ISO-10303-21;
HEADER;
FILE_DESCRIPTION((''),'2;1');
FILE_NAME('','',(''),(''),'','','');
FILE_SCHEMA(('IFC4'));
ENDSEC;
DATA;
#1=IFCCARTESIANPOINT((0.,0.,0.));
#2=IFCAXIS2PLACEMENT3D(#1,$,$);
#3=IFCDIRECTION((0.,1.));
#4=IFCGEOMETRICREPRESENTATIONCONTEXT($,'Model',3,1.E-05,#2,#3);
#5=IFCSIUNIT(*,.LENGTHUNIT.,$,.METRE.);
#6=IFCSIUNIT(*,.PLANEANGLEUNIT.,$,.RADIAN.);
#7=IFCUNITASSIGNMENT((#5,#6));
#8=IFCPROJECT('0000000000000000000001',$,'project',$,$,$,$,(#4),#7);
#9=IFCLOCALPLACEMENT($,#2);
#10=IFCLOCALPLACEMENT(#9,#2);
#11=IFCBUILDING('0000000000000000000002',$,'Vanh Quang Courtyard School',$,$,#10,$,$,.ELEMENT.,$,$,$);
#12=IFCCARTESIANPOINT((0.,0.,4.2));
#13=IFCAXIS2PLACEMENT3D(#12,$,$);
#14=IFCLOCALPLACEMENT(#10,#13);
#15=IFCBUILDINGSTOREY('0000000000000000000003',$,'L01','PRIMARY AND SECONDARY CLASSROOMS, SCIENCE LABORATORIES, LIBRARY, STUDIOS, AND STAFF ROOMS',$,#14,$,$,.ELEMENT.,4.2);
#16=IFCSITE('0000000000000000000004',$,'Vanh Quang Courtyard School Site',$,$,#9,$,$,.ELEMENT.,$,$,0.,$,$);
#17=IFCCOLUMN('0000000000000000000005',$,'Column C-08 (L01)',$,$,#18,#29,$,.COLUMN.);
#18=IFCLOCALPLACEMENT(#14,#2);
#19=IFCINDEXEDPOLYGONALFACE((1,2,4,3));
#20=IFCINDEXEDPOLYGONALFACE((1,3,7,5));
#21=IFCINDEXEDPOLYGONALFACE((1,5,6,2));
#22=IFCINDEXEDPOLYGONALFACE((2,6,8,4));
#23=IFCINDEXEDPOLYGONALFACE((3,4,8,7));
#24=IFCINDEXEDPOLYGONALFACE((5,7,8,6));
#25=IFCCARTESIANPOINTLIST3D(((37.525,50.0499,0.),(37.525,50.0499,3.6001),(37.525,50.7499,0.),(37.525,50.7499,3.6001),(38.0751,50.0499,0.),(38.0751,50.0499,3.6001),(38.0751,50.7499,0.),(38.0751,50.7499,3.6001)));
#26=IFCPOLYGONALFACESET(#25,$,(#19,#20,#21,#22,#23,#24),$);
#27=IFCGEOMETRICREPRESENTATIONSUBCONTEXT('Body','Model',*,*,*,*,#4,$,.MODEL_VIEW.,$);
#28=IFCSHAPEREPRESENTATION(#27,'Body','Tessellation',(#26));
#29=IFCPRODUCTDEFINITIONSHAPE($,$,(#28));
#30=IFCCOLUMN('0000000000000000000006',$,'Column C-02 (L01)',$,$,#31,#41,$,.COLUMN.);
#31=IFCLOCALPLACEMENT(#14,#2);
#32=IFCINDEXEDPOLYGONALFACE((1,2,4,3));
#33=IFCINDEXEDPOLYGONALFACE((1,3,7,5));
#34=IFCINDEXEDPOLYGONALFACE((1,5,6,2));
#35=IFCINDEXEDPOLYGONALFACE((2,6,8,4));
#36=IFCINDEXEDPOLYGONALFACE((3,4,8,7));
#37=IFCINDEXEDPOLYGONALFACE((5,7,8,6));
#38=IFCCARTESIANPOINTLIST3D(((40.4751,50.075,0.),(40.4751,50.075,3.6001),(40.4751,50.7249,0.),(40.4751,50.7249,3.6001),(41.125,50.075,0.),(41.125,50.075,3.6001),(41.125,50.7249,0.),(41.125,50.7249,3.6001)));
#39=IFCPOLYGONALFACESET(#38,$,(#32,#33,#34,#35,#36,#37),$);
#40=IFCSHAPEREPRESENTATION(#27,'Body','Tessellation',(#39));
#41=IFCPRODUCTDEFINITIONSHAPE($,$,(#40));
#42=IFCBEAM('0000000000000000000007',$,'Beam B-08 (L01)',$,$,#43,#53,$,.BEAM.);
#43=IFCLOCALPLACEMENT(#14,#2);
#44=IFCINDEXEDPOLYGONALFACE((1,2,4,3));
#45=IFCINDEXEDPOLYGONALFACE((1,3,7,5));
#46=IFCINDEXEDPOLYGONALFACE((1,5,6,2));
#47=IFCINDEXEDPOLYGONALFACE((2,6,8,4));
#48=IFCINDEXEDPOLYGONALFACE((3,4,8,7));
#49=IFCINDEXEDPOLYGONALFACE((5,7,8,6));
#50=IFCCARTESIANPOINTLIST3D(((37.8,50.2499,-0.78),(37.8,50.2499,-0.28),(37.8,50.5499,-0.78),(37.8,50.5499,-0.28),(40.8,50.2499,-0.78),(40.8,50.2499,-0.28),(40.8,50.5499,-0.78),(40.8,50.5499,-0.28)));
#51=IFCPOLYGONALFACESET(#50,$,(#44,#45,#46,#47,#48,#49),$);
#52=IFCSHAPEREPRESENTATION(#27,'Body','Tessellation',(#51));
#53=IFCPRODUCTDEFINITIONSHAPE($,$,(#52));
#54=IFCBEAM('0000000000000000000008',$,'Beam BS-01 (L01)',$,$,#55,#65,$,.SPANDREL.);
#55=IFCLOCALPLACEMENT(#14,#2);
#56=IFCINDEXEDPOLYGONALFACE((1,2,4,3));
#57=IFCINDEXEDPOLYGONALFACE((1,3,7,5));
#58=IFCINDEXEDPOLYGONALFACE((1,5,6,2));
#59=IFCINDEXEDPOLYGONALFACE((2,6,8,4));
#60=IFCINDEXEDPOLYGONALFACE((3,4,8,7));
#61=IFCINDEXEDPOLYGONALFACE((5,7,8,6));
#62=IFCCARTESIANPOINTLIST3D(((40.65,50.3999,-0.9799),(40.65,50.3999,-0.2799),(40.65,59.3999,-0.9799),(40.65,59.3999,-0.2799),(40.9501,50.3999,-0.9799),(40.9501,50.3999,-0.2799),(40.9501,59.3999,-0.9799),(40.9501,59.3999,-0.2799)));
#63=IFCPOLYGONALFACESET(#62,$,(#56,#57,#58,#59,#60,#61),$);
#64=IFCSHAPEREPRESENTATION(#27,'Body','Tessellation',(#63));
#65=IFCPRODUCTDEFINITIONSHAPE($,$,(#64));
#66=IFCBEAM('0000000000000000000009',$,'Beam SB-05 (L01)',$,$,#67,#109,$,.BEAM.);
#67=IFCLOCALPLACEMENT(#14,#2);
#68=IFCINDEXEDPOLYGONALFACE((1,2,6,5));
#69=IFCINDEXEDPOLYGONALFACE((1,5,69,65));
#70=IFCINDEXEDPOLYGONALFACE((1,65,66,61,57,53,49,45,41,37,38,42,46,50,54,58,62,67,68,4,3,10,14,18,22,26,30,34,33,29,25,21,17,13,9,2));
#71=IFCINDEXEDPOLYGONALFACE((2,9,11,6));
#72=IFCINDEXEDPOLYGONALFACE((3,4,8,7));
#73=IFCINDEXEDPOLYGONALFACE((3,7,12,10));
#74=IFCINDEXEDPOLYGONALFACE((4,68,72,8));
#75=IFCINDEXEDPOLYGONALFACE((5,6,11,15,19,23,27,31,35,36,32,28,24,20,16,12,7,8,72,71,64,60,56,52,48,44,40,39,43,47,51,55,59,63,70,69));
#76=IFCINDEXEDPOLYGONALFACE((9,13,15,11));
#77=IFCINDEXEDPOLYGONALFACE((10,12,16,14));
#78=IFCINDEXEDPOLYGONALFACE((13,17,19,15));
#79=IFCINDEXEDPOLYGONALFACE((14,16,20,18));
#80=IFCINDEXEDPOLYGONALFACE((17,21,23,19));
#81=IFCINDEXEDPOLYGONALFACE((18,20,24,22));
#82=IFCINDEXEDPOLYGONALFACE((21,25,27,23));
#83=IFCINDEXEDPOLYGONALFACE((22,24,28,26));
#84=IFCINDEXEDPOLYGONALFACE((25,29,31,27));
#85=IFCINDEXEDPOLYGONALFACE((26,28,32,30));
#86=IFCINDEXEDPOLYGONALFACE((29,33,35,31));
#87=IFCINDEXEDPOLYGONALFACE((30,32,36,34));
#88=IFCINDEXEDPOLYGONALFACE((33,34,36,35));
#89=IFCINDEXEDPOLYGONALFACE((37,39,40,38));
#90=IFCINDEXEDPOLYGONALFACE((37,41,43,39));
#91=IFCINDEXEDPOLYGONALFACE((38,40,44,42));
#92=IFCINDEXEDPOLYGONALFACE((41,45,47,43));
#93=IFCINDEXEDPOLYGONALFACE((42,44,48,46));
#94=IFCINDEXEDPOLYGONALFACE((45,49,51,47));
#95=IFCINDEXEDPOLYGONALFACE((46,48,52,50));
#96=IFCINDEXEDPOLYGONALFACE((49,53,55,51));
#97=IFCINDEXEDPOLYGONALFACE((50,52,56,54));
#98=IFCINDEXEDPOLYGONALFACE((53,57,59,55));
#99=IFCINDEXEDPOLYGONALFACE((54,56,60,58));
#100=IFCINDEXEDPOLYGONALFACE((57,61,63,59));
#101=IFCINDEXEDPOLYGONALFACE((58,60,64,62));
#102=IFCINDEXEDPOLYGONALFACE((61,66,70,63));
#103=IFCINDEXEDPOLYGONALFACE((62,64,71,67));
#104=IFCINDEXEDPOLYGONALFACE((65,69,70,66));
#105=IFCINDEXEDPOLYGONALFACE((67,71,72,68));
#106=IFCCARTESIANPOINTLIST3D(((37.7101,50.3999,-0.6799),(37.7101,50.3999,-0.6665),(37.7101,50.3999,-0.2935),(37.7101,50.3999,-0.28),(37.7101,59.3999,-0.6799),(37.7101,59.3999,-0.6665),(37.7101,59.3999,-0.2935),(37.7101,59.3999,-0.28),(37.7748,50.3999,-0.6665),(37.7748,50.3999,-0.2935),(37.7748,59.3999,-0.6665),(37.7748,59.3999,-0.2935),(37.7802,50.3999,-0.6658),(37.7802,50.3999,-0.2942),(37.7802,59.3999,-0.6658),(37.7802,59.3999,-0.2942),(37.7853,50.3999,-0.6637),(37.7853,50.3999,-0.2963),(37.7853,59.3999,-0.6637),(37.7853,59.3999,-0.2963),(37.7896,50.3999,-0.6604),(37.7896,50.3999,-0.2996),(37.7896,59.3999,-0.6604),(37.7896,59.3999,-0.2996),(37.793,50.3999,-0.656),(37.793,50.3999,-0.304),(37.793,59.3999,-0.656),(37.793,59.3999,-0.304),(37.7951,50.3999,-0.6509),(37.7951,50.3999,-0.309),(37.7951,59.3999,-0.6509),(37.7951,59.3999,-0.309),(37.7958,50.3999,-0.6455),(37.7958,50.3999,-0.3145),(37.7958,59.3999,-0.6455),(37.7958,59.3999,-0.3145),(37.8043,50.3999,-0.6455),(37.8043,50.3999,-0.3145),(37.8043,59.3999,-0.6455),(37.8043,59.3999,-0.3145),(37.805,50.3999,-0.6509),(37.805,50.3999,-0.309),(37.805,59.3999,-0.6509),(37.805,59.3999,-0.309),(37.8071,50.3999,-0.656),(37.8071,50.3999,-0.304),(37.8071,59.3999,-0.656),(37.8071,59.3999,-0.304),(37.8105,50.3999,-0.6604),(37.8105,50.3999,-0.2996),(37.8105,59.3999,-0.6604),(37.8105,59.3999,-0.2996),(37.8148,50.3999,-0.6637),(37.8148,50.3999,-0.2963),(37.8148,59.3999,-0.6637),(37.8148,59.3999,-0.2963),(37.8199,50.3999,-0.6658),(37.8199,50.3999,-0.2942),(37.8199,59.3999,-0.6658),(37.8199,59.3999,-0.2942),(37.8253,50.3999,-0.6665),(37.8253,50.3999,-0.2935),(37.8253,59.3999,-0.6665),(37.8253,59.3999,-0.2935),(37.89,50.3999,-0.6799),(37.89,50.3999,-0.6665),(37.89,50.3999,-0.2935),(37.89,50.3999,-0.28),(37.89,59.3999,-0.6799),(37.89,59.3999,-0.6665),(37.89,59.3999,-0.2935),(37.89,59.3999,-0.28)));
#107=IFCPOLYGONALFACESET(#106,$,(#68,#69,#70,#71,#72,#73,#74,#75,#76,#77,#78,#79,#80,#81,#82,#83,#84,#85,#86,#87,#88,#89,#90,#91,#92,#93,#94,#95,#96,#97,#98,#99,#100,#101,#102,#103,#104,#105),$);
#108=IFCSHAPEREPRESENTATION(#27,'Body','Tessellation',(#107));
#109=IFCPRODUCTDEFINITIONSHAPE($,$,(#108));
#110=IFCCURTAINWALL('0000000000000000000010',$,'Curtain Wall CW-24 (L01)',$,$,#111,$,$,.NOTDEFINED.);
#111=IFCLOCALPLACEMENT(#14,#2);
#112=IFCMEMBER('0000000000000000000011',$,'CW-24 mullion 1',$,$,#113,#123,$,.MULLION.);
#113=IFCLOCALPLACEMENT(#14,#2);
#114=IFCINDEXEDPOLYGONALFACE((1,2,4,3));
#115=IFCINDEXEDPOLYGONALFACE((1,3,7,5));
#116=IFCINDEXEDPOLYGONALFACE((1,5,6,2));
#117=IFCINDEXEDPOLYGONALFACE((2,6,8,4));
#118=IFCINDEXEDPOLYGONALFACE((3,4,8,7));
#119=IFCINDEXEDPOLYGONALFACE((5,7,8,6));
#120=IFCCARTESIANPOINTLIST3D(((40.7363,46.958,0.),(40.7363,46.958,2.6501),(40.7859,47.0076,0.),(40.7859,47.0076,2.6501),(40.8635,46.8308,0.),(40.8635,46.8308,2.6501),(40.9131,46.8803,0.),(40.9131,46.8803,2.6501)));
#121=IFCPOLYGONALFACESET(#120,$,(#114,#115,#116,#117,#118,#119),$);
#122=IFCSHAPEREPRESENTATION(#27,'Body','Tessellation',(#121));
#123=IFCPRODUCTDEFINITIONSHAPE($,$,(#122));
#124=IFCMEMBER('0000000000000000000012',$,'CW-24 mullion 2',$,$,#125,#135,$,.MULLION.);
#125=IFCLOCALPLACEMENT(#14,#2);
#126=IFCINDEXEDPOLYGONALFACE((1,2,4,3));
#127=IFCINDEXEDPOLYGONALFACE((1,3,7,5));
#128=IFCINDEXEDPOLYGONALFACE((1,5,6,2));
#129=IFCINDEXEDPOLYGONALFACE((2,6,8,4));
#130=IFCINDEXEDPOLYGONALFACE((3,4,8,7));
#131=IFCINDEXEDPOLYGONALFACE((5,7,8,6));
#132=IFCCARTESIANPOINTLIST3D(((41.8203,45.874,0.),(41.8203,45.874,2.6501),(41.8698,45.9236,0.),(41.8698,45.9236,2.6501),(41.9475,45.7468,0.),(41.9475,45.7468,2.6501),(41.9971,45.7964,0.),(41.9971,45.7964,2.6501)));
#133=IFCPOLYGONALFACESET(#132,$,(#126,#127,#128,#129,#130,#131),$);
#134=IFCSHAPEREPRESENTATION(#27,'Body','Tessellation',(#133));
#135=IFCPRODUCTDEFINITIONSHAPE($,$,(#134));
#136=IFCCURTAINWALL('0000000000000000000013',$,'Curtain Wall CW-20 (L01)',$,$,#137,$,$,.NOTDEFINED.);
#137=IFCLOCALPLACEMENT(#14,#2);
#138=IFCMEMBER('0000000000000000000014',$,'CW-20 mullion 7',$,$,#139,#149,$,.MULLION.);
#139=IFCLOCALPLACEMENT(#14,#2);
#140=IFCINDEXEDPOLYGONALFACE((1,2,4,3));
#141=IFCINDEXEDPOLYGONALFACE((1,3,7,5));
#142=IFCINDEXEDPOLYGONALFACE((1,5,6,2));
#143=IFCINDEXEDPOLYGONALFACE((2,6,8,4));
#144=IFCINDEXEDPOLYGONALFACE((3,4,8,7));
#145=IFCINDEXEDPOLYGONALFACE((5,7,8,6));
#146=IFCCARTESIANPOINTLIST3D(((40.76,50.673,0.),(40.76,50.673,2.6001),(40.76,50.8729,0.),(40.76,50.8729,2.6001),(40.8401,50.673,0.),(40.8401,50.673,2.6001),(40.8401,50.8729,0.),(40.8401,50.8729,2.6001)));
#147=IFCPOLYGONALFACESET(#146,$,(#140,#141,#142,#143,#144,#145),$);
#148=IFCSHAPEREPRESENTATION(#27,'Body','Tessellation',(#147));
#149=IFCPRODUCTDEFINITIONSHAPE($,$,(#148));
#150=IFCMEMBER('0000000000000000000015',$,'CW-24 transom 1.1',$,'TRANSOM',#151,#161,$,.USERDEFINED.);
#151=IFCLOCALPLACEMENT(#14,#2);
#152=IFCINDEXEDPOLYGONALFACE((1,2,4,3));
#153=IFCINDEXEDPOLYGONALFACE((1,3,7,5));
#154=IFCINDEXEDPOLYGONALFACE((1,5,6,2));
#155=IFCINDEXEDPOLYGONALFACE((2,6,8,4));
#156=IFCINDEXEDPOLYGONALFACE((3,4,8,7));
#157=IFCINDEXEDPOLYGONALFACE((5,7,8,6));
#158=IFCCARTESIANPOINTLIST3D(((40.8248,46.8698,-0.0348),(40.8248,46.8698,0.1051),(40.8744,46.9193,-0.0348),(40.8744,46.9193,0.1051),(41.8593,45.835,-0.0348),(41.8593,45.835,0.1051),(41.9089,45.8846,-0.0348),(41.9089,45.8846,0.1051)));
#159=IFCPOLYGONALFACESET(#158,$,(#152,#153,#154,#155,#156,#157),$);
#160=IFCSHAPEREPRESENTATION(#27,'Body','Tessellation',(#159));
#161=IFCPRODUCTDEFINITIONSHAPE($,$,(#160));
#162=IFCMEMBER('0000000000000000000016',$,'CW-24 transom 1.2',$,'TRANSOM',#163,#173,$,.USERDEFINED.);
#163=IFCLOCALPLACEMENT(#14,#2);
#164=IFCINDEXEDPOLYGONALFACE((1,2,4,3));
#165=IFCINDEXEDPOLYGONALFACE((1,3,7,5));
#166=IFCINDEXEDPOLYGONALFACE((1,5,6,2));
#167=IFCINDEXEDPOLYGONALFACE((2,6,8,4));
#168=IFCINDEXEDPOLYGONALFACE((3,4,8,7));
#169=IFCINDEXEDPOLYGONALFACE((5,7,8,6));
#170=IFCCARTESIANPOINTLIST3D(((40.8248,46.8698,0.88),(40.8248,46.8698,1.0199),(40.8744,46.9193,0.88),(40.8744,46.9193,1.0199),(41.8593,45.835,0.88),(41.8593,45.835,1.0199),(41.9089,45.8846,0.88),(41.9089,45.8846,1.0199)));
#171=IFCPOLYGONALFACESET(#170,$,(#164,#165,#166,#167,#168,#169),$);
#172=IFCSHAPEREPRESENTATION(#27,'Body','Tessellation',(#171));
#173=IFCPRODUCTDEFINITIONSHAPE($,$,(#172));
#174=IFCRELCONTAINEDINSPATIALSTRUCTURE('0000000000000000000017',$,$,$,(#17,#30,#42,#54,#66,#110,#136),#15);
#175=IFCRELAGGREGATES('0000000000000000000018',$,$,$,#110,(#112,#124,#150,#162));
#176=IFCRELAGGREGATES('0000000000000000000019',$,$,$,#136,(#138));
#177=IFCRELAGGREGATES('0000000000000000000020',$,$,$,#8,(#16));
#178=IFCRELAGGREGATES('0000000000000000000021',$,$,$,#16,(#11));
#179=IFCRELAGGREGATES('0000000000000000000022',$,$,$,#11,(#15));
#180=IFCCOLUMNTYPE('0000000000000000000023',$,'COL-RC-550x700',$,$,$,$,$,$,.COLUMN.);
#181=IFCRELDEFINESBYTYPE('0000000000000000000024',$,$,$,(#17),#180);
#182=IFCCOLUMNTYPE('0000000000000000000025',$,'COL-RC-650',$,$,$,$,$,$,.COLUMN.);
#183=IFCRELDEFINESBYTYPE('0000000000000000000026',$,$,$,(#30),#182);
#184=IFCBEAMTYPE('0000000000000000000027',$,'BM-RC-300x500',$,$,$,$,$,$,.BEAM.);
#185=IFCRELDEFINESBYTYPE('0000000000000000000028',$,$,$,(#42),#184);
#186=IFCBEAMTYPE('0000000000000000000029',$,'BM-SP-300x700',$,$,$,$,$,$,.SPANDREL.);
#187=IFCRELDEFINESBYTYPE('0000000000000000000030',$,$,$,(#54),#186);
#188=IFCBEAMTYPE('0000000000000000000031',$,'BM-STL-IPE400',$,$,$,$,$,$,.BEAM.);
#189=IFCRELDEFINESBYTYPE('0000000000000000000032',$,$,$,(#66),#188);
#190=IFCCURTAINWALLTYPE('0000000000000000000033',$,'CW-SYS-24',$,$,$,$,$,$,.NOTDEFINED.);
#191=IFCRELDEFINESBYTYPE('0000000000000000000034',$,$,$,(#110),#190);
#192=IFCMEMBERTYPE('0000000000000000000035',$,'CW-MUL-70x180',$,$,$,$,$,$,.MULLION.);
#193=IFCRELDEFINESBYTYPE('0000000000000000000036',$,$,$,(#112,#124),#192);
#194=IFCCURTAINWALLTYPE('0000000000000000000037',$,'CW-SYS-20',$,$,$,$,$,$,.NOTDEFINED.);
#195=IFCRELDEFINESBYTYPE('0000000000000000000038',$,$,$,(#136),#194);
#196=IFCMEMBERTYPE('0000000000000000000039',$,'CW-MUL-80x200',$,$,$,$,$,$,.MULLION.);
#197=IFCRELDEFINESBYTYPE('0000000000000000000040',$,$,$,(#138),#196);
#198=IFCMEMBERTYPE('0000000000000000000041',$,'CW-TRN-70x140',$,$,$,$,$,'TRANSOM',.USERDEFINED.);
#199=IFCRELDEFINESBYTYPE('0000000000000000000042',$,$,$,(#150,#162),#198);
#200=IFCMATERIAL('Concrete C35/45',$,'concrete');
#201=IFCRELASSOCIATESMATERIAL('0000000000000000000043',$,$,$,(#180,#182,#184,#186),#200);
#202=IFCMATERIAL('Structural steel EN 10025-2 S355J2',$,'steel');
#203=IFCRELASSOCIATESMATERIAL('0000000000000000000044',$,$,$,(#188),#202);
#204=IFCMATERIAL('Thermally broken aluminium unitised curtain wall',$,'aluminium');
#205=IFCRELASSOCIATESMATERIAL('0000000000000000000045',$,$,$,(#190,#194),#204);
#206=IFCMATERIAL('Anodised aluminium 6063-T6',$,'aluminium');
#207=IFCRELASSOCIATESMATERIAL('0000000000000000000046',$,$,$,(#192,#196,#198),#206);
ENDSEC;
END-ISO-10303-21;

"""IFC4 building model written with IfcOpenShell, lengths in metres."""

from ifc_helpers import new_model, si_unit, direction, frame, origin, origin_2d, place, context, subcontext, project, spatial, rectangle, i_section, extrude, material, material_profile, profile_set, type_object, element, aggregate, save


model = new_model("IFC4")

# Units and contexts
model_context = context("Model", 3, precision=1e-05, world=origin(), true_north=direction((0.0, 1.0)))
body_context = subcontext(model_context, "Body", "Model", "MODEL_VIEW")
ifc_project = project(units=[si_unit("LENGTHUNIT", "METRE"), si_unit("PLANEANGLEUNIT", "RADIAN")], contexts=[model_context])

# Site, building, storey
site_placement = place(None, origin())
site = spatial("IfcSite", under=ifc_project, at=site_placement, Name="Vanh Quang Courtyard School Site", CompositionType="ELEMENT", RefElevation=0.0)
building_placement = place(site_placement, origin())
building = spatial("IfcBuilding", under=site, at=building_placement, Name="Vanh Quang Courtyard School", CompositionType="ELEMENT")
storey_placement = place(building_placement, frame((0.0, 0.0, 4.2)))
storey = spatial("IfcBuildingStorey", under=building, at=storey_placement, Name="L01", Description="PRIMARY AND SECONDARY CLASSROOMS, SCIENCE LABORATORIES, LIBRARY, STUDIOS, AND STAFF ROOMS", CompositionType="ELEMENT", Elevation=4.2)

# Columns
ifc_material_1 = material(Name="Concrete C35/45", Category="concrete")
ifc_material_profile_1 = material_profile(ifc_material_1, rectangle(XDim=0.55, YDim=0.7, at=origin_2d()), Name="RC-COL 550x700")
ifc_profile_set_1 = profile_set([ifc_material_profile_1], Name="Concrete C35/45")
column_type_1 = type_object("IfcColumnType", Name="COL-RC-550x700", PredefinedType="COLUMN", material=ifc_profile_set_1)
column_1_placement = place(storey_placement, frame((37.8, 50.3999, 0.0), z_axis=(0.0, 0.0, 1.0), x_axis=(1.0, 0.0, 0.0)))
element("IfcColumn", 1, at=column_1_placement, inside=storey, type_object=column_type_1, Name="Column C-08 (L01)", PredefinedType="COLUMN", context=body_context, shape_type="SweptSolid", body=[
    extrude(rectangle(XDim=0.55, YDim=0.7, at=origin_2d()), origin(), (0.0, 0.0, 1.0), 3.6001),
])
ifc_material_profile_2 = material_profile(ifc_material_1, rectangle(XDim=0.6499, YDim=0.6499, at=origin_2d()), Name="RC-COL 650x650")
ifc_profile_set_2 = profile_set([ifc_material_profile_2], Name="Concrete C35/45")
column_type_2 = type_object("IfcColumnType", Name="COL-RC-650", PredefinedType="COLUMN", material=ifc_profile_set_2)
column_2_placement = place(storey_placement, frame((40.8, 50.3999, 0.0), z_axis=(0.0, 0.0, 1.0), x_axis=(1.0, 0.0, 0.0)))
element("IfcColumn", 2, at=column_2_placement, inside=storey, type_object=column_type_2, Name="Column C-02 (L01)", PredefinedType="COLUMN", context=body_context, shape_type="SweptSolid", body=[
    extrude(rectangle(XDim=0.6499, YDim=0.6499, at=origin_2d()), origin(), (0.0, 0.0, 1.0), 3.6001),
])

# Beams
ifc_material_profile_3 = material_profile(ifc_material_1, rectangle(XDim=0.3, YDim=0.5, at=origin_2d()), Name="RC-BM 300x500")
ifc_profile_set_3 = profile_set([ifc_material_profile_3], Name="Concrete C35/45")
beam_type_1 = type_object("IfcBeamType", Name="BM-RC-300x500", PredefinedType="BEAM", material=ifc_profile_set_3)
beam_1_placement = place(storey_placement, frame((37.8, 50.3999, -0.53), z_axis=(1.0, 0.0, 0.0), x_axis=(0.0, 1.0, 0.0)))
element("IfcBeam", 3, at=beam_1_placement, inside=storey, type_object=beam_type_1, Name="Beam B-08 (L01)", PredefinedType="BEAM", context=body_context, shape_type="SweptSolid", body=[
    extrude(rectangle(XDim=0.3, YDim=0.5, at=origin_2d()), origin(), (0.0, 0.0, 1.0), 3.0),
])
ifc_material_profile_4 = material_profile(ifc_material_1, rectangle(XDim=0.3, YDim=0.7, at=origin_2d()), Name="RC-SP 300x700")
ifc_profile_set_4 = profile_set([ifc_material_profile_4], Name="Concrete C35/45")
beam_type_2 = type_object("IfcBeamType", Name="BM-SP-300x700", PredefinedType="SPANDREL", material=ifc_profile_set_4)
beam_2_placement = place(storey_placement, frame((40.8, 50.3999, -0.6299), z_axis=(0.0, 1.0, 0.0), x_axis=(-1.0, 0.0, 0.0)))
element("IfcBeam", 4, at=beam_2_placement, inside=storey, type_object=beam_type_2, Name="Beam BS-01 (L01)", PredefinedType="SPANDREL", context=body_context, shape_type="SweptSolid", body=[
    extrude(rectangle(XDim=0.3, YDim=0.7, at=origin_2d()), origin(), (0.0, 0.0, 1.0), 9.0),
])
ifc_material_2 = material(Name="Structural steel EN 10025-2 S355J2", Category="steel")
ifc_material_profile_5 = material_profile(ifc_material_2, i_section(OverallWidth=0.1799, OverallDepth=0.3999, WebThickness=0.0085, FlangeThickness=0.0134, FilletRadius=0.021, at=origin_2d()), Name="IPE 400")
ifc_profile_set_5 = profile_set([ifc_material_profile_5], Name="Structural steel EN 10025-2 S355J2")
beam_type_3 = type_object("IfcBeamType", Name="BM-STL-IPE400", PredefinedType="BEAM", material=ifc_profile_set_5)
beam_3_placement = place(storey_placement, frame((37.8, 50.3999, -0.48), z_axis=(0.0, 1.0, 0.0), x_axis=(-1.0, 0.0, 0.0)))
element("IfcBeam", 5, at=beam_3_placement, inside=storey, type_object=beam_type_3, Name="Beam SB-05 (L01)", PredefinedType="BEAM", context=body_context, shape_type="SweptSolid", body=[
    extrude(i_section(OverallWidth=0.1799, OverallDepth=0.3999, WebThickness=0.0085, FlangeThickness=0.0134, FilletRadius=0.021, at=origin_2d()), origin(), (0.0, 0.0, 1.0), 9.0),
])

# Curtain wall, members
ifc_material_3 = material(Name="Thermally broken aluminium unitised curtain wall", Category="aluminium")
curtain_wall_type_1 = type_object("IfcCurtainWallType", Name="CW-SYS-24", PredefinedType="NOTDEFINED", material=ifc_material_3)
curtain_wall_1_placement = place(storey_placement, origin())
curtain_wall_1 = element("IfcCurtainWall", 6, at=curtain_wall_1_placement, inside=storey, type_object=curtain_wall_type_1, Name="Curtain Wall CW-24 (L01)", PredefinedType="NOTDEFINED")
ifc_material_4 = material(Name="Anodised aluminium 6063-T6", Category="aluminium")
ifc_material_profile_6 = material_profile(ifc_material_4, rectangle(XDim=0.0701, YDim=0.1799, at=origin_2d()), Name="ALU-MUL 70x180")
ifc_profile_set_6 = profile_set([ifc_material_profile_6], Name="Anodised aluminium 6063-T6")
member_type_1 = type_object("IfcMemberType", Name="CW-MUL-70x180", PredefinedType="MULLION", material=ifc_profile_set_6)
member_1_placement = place(storey_placement, frame((40.8247, 46.9192, 0.0), z_axis=(0.0, 0.0, 1.0), x_axis=(0.707107, 0.707107, 0.0)))
member_1 = element("IfcMember", 7, at=member_1_placement, type_object=member_type_1, Name="CW-24 mullion 1", PredefinedType="MULLION", context=body_context, shape_type="SweptSolid", body=[
    extrude(rectangle(XDim=0.0701, YDim=0.1799, at=origin_2d()), origin(), (0.0, 0.0, 1.0), 2.6501),
])
member_2_placement = place(storey_placement, frame((41.9087, 45.8352, 0.0), z_axis=(0.0, 0.0, 1.0), x_axis=(0.707107, 0.707107, 0.0)))
member_2 = element("IfcMember", 8, at=member_2_placement, type_object=member_type_1, Name="CW-24 mullion 2", PredefinedType="MULLION", context=body_context, shape_type="SweptSolid", body=[
    extrude(rectangle(XDim=0.0701, YDim=0.1799, at=origin_2d()), origin(), (0.0, 0.0, 1.0), 2.6501),
])

# Curtain wall, member
curtain_wall_type_2 = type_object("IfcCurtainWallType", Name="CW-SYS-20", PredefinedType="NOTDEFINED", material=ifc_material_3)
curtain_wall_2_placement = place(storey_placement, origin())
curtain_wall_2 = element("IfcCurtainWall", 9, at=curtain_wall_2_placement, inside=storey, type_object=curtain_wall_type_2, Name="Curtain Wall CW-20 (L01)", PredefinedType="NOTDEFINED")
ifc_material_profile_7 = material_profile(ifc_material_4, rectangle(XDim=0.0801, YDim=0.2, at=origin_2d()), Name="ALU-MUL 80x200")
ifc_profile_set_7 = profile_set([ifc_material_profile_7], Name="Anodised aluminium 6063-T6")
member_type_2 = type_object("IfcMemberType", Name="CW-MUL-80x200", PredefinedType="MULLION", material=ifc_profile_set_7)
member_3_placement = place(storey_placement, frame((40.8, 50.7729, 0.0), z_axis=(0.0, 0.0, 1.0), x_axis=(1.0, 0.0, 0.0)))
member_3 = element("IfcMember", 10, at=member_3_placement, type_object=member_type_2, Name="CW-20 mullion 7", PredefinedType="MULLION", context=body_context, shape_type="SweptSolid", body=[
    extrude(rectangle(XDim=0.0801, YDim=0.2, at=origin_2d()), origin(), (0.0, 0.0, 1.0), 2.6001),
])

# Members
ifc_material_profile_8 = material_profile(ifc_material_4, rectangle(XDim=0.0701, YDim=0.1399, at=origin_2d()), Name="ALU-TRN 70x140")
ifc_profile_set_8 = profile_set([ifc_material_profile_8], Name="Anodised aluminium 6063-T6")
member_type_3 = type_object("IfcMemberType", Name="CW-TRN-70x140", ElementType="TRANSOM", PredefinedType="USERDEFINED", material=ifc_profile_set_8)
member_4_placement = place(storey_placement, frame((40.8496, 46.8945, 0.0352), z_axis=(0.707023, -0.70719, 0.0), x_axis=(0.70719, 0.707023, 0.0)))
member_4 = element("IfcMember", 11, at=member_4_placement, type_object=member_type_3, Name="CW-24 transom 1.1", ObjectType="TRANSOM", PredefinedType="USERDEFINED", context=body_context, shape_type="SweptSolid", body=[
    extrude(rectangle(XDim=0.0701, YDim=0.1399, at=origin_2d()), origin(), (0.0, 0.0, 1.0), 1.4631),
])
member_5_placement = place(storey_placement, frame((40.8496, 46.8945, 0.95), z_axis=(0.707023, -0.70719, 0.0), x_axis=(0.70719, 0.707023, 0.0)))
member_5 = element("IfcMember", 12, at=member_5_placement, type_object=member_type_3, Name="CW-24 transom 1.2", ObjectType="TRANSOM", PredefinedType="USERDEFINED", context=body_context, shape_type="SweptSolid", body=[
    extrude(rectangle(XDim=0.0701, YDim=0.1399, at=origin_2d()), origin(), (0.0, 0.0, 1.0), 1.4631),
])

aggregate(curtain_wall_1, [member_1, member_2, member_4, member_5])
aggregate(curtain_wall_2, [member_3])

save(model, "model.ifc")
